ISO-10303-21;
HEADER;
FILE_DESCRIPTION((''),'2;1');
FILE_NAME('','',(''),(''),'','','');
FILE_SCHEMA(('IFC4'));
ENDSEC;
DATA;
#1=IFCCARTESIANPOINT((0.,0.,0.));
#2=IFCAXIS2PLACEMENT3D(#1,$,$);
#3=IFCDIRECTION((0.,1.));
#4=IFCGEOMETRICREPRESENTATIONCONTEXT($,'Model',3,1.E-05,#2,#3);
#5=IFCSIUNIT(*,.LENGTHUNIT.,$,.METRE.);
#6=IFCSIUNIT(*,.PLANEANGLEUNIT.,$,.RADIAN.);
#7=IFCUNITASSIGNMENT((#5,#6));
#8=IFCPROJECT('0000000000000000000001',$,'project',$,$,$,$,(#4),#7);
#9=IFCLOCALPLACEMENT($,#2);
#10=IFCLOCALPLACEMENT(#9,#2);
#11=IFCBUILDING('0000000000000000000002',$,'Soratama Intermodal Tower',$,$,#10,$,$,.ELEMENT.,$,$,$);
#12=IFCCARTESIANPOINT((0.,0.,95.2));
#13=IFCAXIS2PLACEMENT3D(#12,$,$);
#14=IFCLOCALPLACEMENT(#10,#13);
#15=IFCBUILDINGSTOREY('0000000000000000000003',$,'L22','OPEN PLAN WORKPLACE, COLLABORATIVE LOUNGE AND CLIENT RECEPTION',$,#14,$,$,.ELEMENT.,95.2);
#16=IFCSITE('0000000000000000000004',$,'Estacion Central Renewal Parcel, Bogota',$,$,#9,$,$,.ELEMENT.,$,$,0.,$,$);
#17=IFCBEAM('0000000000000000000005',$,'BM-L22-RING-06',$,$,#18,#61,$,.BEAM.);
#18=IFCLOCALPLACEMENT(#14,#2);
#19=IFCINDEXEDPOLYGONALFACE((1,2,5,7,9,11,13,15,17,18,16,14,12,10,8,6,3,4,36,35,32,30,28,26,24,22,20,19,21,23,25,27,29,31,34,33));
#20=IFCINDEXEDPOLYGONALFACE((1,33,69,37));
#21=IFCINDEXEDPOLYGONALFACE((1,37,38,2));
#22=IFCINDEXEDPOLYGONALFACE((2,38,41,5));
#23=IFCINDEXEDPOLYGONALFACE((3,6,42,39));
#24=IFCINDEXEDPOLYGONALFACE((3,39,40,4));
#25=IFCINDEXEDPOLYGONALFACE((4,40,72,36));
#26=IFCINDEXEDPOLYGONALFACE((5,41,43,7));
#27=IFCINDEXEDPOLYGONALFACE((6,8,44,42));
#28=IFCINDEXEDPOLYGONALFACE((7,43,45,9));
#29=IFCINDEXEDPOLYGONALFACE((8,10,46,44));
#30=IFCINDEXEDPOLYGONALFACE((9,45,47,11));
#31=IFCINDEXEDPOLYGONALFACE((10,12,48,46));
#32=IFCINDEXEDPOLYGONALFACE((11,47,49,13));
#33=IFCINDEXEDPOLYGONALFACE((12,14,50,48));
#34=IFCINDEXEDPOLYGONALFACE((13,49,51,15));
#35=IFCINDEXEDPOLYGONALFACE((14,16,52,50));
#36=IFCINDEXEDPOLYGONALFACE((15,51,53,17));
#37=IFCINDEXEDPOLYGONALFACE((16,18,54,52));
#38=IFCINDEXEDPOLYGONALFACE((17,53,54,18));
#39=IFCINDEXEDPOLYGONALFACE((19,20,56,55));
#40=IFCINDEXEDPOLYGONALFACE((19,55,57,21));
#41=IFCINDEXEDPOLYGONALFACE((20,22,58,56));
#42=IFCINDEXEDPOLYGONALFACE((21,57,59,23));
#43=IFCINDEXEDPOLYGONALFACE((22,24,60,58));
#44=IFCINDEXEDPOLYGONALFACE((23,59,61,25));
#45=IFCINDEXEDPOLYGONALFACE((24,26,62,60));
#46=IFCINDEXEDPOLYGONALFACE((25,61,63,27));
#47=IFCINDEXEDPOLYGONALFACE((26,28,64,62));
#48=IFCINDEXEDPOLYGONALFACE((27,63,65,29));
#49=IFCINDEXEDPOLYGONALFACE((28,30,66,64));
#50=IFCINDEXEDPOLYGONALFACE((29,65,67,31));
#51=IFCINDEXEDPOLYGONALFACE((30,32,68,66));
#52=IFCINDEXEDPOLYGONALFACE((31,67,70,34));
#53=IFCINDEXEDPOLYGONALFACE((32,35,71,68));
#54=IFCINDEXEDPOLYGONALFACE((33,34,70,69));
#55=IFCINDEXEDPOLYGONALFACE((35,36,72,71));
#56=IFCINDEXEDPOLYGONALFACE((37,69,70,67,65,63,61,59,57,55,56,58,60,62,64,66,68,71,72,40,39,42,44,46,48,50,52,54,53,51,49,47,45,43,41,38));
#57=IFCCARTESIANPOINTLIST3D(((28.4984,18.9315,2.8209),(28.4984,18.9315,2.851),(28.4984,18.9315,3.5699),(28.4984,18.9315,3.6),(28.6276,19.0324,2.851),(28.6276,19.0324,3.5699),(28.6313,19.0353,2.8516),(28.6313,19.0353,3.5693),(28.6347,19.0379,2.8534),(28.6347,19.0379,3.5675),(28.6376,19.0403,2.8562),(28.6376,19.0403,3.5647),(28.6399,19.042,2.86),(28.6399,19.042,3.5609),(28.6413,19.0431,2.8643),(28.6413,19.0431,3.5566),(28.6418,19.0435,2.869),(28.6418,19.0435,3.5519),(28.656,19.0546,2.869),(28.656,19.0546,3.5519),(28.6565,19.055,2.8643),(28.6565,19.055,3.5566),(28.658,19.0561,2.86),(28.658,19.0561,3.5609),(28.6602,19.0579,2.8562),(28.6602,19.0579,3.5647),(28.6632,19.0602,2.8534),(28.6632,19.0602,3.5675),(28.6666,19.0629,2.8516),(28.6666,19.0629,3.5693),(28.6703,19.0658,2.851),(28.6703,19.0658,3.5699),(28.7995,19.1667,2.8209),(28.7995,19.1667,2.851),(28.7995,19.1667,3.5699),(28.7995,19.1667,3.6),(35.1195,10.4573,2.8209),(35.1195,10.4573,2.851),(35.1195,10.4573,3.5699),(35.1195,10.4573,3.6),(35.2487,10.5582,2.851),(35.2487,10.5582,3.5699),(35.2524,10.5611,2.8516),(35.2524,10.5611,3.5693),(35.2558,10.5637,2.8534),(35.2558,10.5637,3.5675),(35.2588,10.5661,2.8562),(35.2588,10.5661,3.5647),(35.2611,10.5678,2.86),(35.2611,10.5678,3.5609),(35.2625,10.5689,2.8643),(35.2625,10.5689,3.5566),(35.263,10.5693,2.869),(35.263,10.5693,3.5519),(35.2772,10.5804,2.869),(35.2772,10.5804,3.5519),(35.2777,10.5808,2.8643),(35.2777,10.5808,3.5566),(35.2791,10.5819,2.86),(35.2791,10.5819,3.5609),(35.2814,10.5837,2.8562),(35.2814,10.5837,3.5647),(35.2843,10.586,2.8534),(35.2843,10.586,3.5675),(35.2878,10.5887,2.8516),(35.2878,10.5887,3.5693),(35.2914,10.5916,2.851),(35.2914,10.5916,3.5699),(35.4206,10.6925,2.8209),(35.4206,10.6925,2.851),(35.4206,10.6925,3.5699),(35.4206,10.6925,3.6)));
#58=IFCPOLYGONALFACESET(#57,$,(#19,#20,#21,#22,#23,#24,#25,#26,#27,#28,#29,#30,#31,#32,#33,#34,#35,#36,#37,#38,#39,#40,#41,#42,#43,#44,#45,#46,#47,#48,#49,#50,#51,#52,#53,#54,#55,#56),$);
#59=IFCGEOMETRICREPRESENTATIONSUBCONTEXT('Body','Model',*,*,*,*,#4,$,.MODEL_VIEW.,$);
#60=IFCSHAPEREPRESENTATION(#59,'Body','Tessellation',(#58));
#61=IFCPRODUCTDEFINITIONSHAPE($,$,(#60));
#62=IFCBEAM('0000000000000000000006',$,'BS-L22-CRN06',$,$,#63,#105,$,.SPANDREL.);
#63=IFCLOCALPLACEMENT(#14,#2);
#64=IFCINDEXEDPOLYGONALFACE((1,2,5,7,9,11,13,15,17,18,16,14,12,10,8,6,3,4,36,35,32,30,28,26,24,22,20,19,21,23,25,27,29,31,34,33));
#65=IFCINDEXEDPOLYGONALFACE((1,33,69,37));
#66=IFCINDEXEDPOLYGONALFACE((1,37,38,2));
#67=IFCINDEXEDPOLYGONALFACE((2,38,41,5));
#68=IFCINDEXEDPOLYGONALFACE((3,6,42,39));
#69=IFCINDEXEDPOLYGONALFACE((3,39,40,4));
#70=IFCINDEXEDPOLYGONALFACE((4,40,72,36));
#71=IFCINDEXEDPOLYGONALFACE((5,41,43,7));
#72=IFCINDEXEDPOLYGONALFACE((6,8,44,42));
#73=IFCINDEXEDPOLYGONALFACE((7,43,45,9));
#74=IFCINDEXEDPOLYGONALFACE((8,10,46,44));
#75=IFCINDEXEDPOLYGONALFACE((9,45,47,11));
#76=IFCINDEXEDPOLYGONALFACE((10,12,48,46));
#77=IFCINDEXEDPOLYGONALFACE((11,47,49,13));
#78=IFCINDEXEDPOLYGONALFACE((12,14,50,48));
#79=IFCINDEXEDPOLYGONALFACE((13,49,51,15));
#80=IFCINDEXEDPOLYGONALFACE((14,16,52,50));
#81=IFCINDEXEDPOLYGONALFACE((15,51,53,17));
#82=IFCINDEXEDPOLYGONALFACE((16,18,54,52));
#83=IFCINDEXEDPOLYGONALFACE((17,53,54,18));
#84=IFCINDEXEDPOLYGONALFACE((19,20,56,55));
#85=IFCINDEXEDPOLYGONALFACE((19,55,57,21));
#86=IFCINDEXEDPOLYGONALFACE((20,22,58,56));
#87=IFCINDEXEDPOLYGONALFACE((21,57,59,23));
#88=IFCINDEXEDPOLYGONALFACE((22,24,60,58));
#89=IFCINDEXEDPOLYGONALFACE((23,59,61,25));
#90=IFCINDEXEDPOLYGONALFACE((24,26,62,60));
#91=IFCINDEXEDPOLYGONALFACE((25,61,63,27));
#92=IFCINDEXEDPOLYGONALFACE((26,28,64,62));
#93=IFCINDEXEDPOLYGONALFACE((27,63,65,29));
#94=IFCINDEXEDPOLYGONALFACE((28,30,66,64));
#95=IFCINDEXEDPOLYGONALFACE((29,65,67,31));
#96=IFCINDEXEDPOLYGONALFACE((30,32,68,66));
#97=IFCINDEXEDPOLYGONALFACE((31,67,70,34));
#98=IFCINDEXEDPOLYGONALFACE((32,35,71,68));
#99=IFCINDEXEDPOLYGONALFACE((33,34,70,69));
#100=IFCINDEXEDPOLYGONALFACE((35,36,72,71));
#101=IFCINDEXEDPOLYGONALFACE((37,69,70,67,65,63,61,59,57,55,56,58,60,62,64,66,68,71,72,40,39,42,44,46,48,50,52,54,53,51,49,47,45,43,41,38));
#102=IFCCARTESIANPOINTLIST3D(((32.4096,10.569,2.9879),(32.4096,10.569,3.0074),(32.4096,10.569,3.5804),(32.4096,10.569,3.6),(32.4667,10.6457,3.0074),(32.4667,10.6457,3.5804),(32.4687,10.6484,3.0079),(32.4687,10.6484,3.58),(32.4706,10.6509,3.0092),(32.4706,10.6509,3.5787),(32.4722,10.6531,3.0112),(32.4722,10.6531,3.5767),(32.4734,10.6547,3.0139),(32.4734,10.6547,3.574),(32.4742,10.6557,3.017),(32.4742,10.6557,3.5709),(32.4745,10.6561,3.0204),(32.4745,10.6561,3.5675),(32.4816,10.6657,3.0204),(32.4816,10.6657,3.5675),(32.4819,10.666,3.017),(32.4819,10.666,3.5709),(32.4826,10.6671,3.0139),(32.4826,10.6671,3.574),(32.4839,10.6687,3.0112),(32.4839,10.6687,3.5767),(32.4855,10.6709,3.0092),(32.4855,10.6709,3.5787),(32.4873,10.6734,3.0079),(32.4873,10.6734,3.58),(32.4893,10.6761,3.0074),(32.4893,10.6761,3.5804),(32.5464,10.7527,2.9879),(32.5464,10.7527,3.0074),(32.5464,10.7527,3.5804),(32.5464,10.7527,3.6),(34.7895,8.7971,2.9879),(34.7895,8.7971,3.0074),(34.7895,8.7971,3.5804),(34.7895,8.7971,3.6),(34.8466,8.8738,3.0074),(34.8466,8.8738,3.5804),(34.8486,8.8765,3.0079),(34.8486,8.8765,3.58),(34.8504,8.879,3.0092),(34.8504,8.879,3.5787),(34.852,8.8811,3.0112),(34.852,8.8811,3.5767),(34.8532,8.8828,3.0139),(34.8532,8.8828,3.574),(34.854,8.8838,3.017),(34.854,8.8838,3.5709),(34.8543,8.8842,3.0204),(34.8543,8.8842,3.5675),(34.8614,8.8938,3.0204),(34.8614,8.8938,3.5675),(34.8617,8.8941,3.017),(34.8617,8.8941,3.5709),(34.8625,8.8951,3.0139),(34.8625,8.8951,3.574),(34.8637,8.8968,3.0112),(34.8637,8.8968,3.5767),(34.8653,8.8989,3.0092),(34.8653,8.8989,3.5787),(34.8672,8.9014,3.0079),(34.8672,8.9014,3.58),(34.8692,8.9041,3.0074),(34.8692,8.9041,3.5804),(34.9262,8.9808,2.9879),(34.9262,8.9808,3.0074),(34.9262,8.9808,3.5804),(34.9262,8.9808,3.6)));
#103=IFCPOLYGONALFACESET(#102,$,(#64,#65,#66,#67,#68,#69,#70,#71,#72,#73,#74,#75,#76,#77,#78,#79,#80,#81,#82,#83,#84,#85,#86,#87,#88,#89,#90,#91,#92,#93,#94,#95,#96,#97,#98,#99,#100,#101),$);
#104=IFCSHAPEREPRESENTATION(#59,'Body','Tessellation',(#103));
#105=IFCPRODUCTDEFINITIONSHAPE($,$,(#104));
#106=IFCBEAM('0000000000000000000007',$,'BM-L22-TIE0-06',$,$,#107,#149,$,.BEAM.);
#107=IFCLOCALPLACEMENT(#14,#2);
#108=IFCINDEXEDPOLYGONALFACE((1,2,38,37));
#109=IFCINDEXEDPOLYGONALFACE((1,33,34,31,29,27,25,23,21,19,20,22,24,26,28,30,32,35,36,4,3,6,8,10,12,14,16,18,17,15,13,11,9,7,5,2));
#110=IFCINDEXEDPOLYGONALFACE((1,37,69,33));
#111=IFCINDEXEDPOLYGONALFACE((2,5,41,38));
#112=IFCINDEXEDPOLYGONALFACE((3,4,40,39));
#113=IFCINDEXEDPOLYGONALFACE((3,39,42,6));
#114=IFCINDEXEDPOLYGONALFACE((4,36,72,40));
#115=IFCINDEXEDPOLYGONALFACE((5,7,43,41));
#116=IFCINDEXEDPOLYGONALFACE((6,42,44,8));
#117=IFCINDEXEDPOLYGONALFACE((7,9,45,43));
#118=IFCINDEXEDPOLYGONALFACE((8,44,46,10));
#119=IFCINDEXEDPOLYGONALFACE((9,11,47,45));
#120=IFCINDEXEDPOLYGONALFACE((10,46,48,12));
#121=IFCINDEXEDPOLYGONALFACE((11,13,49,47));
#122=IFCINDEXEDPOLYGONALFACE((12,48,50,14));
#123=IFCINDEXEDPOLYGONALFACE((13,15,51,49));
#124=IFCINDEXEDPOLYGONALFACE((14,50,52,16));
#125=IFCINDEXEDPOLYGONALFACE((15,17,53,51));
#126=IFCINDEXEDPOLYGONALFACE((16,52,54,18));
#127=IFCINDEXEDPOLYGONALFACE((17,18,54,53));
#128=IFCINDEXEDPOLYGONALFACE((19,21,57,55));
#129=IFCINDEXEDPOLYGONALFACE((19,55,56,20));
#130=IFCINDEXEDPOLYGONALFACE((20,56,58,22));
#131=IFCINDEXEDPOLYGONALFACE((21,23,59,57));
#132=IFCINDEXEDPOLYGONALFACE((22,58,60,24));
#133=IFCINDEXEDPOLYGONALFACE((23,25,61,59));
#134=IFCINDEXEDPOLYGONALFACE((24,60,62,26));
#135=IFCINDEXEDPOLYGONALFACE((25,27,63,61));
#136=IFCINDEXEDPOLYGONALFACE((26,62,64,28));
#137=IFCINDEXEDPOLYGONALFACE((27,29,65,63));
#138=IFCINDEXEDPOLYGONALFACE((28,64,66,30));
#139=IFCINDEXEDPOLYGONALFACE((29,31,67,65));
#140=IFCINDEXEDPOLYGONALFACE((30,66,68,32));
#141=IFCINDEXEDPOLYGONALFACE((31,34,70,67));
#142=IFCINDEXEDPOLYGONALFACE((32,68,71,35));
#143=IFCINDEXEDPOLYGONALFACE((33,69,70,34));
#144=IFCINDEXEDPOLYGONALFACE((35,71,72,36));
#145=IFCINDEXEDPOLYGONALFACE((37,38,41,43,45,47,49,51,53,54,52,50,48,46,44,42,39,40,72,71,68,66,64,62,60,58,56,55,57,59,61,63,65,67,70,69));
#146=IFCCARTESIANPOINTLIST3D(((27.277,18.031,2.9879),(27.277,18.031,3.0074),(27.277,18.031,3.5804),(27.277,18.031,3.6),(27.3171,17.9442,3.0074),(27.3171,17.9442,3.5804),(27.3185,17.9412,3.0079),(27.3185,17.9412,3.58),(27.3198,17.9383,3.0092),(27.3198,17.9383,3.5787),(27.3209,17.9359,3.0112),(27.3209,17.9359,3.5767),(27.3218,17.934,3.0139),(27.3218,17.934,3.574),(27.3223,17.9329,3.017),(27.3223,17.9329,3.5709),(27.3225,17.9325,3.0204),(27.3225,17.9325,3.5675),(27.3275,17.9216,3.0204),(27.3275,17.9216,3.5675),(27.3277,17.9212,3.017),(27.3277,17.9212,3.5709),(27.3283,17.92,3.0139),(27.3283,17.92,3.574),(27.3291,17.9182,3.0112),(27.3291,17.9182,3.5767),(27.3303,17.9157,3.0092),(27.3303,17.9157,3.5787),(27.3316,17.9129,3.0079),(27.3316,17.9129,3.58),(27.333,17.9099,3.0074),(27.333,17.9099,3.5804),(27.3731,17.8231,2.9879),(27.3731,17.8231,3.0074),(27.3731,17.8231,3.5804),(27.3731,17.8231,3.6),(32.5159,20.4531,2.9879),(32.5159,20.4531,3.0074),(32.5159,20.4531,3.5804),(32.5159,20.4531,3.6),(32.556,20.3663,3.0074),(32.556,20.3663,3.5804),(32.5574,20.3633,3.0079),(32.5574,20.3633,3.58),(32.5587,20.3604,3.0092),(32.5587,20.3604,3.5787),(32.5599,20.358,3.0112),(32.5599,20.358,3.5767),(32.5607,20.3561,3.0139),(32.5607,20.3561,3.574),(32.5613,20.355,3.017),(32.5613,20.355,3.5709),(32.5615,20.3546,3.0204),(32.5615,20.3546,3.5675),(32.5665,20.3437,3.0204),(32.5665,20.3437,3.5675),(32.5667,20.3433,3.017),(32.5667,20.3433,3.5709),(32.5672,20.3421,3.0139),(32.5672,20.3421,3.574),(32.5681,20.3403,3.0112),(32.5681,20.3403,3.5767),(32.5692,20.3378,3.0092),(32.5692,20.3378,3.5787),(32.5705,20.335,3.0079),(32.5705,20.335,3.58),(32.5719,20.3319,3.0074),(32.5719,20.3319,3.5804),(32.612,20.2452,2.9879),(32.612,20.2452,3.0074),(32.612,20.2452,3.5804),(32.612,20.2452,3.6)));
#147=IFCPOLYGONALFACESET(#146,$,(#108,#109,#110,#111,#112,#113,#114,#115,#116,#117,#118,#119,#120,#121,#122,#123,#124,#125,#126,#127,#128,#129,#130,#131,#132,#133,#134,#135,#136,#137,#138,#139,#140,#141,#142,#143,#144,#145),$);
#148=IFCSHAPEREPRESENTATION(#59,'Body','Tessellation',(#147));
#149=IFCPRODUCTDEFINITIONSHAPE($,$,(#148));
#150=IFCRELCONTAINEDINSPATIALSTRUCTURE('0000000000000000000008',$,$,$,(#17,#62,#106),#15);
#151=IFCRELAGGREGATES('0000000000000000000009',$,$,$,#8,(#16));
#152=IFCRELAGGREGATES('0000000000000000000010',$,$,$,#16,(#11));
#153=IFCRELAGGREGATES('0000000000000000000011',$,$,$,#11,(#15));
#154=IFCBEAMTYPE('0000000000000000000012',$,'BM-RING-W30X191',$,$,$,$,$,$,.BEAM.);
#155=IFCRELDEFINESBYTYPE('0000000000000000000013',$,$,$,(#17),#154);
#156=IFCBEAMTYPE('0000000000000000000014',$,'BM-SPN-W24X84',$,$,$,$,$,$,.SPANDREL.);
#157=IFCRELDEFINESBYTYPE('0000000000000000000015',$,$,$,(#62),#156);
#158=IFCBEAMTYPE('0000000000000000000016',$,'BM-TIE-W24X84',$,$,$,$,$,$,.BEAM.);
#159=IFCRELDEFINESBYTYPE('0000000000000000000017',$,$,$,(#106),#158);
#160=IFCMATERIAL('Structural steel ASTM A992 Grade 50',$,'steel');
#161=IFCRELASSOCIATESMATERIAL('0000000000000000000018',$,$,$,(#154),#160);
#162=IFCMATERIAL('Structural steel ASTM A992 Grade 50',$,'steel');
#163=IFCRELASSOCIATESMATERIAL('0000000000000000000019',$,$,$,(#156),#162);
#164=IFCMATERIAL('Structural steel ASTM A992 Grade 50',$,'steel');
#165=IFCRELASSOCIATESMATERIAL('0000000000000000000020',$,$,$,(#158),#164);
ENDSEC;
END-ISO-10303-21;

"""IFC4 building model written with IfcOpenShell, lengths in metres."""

from ifc_helpers import new_model, si_unit, direction, frame, origin, origin_2d, place, context, subcontext, project, spatial, i_section, extrude, material, material_profile, profile_set, type_object, element, save


model = new_model("IFC4")

# Units and contexts
model_context = context("Model", 3, precision=1e-05, world=origin(), true_north=direction((0.0, 1.0)))
body_context = subcontext(model_context, "Body", "Model", "MODEL_VIEW")
ifc_project = project(units=[si_unit("LENGTHUNIT", "METRE"), si_unit("PLANEANGLEUNIT", "RADIAN")], contexts=[model_context])

# Site, building, storey
site_placement = place(None, origin())
site = spatial("IfcSite", under=ifc_project, at=site_placement, Name="Estacion Central Renewal Parcel, Bogota", CompositionType="ELEMENT", RefElevation=0.0)
building_placement = place(site_placement, origin())
building = spatial("IfcBuilding", under=site, at=building_placement, Name="Soratama Intermodal Tower", CompositionType="ELEMENT")
storey_placement = place(building_placement, frame((0.0, 0.0, 95.2)))
storey = spatial("IfcBuildingStorey", under=building, at=storey_placement, Name="L22", Description="OPEN PLAN WORKPLACE, COLLABORATIVE LOUNGE AND CLIENT RECEPTION", CompositionType="ELEMENT", Elevation=95.2)

# Beams
ifc_material_1 = material(Name="Structural steel ASTM A992 Grade 50", Category="steel")
ifc_material_profile_1 = material_profile(ifc_material_1, i_section(OverallWidth=0.3821, OverallDepth=0.7791, WebThickness=0.0181, FlangeThickness=0.03, FilletRadius=0.0181, at=origin_2d()), Name="W30X191")
ifc_profile_set_1 = profile_set([ifc_material_profile_1], Name="Structural steel ASTM A992 Grade 50")
beam_type_1 = type_object("IfcBeamType", Name="BM-RING-W30X191", PredefinedType="BEAM", material=ifc_profile_set_1)
beam_1_placement = place(storey_placement, frame((28.6489, 19.0491, 3.2104), z_axis=(0.615684, -0.787993, 0.0), x_axis=(0.787993, 0.615684, 0.0)))
element("IfcBeam", 1, at=beam_1_placement, inside=storey, type_object=beam_type_1, Name="BM-L22-RING-06", PredefinedType="BEAM", context=body_context, shape_type="SweptSolid", body=[
    extrude(i_section(OverallWidth=0.3821, OverallDepth=0.7791, WebThickness=0.0181, FlangeThickness=0.03, FilletRadius=0.0181, at=origin_2d()), origin(), (0.0, 0.0, 1.0), 10.7542),
])
ifc_material_2 = material(Name="Structural steel ASTM A992 Grade 50", Category="steel")
ifc_material_profile_2 = material_profile(ifc_material_2, i_section(OverallWidth=0.229, OverallDepth=0.6121, WebThickness=0.012, FlangeThickness=0.0195, FilletRadius=0.0129, at=origin_2d()), Name="W24X84")
ifc_profile_set_2 = profile_set([ifc_material_profile_2], Name="Structural steel ASTM A992 Grade 50")
beam_type_2 = type_object("IfcBeamType", Name="BM-SPN-W24X84", PredefinedType="SPANDREL", material=ifc_profile_set_2)
beam_2_placement = place(storey_placement, frame((32.478, 10.6609, 3.2939), z_axis=(0.802088, -0.597205, 0.0), x_axis=(0.597205, 0.802088, 0.0)))
element("IfcBeam", 2, at=beam_2_placement, inside=storey, type_object=beam_type_2, Name="BS-L22-CRN06", PredefinedType="SPANDREL", context=body_context, shape_type="SweptSolid", body=[
    extrude(i_section(OverallWidth=0.229, OverallDepth=0.6121, WebThickness=0.012, FlangeThickness=0.0195, FilletRadius=0.0129, at=origin_2d()), origin(), (0.0, 0.0, 1.0), 2.967),
])
ifc_material_3 = material(Name="Structural steel ASTM A992 Grade 50", Category="steel")
ifc_material_profile_3 = material_profile(ifc_material_3, i_section(OverallWidth=0.229, OverallDepth=0.6121, WebThickness=0.012, FlangeThickness=0.0195, FilletRadius=0.0129, at=origin_2d()), Name="W24X84")
ifc_profile_set_3 = profile_set([ifc_material_profile_3], Name="Structural steel ASTM A992 Grade 50")
beam_type_3 = type_object("IfcBeamType", Name="BM-TIE-W24X84", PredefinedType="BEAM", material=ifc_profile_set_3)
beam_3_placement = place(storey_placement, frame((32.564, 20.3491, 3.2939), z_axis=(-0.907688, -0.419646, 0.0), x_axis=(0.419646, -0.907688, 0.0)))
element("IfcBeam", 3, at=beam_3_placement, inside=storey, type_object=beam_type_3, Name="BM-L22-TIE0-06", PredefinedType="BEAM", context=body_context, shape_type="SweptSolid", body=[
    extrude(i_section(OverallWidth=0.229, OverallDepth=0.6121, WebThickness=0.012, FlangeThickness=0.0195, FilletRadius=0.0129, at=origin_2d()), origin(), (0.0, 0.0, 1.0), 5.7717),
])

save(model, "model.ifc")
